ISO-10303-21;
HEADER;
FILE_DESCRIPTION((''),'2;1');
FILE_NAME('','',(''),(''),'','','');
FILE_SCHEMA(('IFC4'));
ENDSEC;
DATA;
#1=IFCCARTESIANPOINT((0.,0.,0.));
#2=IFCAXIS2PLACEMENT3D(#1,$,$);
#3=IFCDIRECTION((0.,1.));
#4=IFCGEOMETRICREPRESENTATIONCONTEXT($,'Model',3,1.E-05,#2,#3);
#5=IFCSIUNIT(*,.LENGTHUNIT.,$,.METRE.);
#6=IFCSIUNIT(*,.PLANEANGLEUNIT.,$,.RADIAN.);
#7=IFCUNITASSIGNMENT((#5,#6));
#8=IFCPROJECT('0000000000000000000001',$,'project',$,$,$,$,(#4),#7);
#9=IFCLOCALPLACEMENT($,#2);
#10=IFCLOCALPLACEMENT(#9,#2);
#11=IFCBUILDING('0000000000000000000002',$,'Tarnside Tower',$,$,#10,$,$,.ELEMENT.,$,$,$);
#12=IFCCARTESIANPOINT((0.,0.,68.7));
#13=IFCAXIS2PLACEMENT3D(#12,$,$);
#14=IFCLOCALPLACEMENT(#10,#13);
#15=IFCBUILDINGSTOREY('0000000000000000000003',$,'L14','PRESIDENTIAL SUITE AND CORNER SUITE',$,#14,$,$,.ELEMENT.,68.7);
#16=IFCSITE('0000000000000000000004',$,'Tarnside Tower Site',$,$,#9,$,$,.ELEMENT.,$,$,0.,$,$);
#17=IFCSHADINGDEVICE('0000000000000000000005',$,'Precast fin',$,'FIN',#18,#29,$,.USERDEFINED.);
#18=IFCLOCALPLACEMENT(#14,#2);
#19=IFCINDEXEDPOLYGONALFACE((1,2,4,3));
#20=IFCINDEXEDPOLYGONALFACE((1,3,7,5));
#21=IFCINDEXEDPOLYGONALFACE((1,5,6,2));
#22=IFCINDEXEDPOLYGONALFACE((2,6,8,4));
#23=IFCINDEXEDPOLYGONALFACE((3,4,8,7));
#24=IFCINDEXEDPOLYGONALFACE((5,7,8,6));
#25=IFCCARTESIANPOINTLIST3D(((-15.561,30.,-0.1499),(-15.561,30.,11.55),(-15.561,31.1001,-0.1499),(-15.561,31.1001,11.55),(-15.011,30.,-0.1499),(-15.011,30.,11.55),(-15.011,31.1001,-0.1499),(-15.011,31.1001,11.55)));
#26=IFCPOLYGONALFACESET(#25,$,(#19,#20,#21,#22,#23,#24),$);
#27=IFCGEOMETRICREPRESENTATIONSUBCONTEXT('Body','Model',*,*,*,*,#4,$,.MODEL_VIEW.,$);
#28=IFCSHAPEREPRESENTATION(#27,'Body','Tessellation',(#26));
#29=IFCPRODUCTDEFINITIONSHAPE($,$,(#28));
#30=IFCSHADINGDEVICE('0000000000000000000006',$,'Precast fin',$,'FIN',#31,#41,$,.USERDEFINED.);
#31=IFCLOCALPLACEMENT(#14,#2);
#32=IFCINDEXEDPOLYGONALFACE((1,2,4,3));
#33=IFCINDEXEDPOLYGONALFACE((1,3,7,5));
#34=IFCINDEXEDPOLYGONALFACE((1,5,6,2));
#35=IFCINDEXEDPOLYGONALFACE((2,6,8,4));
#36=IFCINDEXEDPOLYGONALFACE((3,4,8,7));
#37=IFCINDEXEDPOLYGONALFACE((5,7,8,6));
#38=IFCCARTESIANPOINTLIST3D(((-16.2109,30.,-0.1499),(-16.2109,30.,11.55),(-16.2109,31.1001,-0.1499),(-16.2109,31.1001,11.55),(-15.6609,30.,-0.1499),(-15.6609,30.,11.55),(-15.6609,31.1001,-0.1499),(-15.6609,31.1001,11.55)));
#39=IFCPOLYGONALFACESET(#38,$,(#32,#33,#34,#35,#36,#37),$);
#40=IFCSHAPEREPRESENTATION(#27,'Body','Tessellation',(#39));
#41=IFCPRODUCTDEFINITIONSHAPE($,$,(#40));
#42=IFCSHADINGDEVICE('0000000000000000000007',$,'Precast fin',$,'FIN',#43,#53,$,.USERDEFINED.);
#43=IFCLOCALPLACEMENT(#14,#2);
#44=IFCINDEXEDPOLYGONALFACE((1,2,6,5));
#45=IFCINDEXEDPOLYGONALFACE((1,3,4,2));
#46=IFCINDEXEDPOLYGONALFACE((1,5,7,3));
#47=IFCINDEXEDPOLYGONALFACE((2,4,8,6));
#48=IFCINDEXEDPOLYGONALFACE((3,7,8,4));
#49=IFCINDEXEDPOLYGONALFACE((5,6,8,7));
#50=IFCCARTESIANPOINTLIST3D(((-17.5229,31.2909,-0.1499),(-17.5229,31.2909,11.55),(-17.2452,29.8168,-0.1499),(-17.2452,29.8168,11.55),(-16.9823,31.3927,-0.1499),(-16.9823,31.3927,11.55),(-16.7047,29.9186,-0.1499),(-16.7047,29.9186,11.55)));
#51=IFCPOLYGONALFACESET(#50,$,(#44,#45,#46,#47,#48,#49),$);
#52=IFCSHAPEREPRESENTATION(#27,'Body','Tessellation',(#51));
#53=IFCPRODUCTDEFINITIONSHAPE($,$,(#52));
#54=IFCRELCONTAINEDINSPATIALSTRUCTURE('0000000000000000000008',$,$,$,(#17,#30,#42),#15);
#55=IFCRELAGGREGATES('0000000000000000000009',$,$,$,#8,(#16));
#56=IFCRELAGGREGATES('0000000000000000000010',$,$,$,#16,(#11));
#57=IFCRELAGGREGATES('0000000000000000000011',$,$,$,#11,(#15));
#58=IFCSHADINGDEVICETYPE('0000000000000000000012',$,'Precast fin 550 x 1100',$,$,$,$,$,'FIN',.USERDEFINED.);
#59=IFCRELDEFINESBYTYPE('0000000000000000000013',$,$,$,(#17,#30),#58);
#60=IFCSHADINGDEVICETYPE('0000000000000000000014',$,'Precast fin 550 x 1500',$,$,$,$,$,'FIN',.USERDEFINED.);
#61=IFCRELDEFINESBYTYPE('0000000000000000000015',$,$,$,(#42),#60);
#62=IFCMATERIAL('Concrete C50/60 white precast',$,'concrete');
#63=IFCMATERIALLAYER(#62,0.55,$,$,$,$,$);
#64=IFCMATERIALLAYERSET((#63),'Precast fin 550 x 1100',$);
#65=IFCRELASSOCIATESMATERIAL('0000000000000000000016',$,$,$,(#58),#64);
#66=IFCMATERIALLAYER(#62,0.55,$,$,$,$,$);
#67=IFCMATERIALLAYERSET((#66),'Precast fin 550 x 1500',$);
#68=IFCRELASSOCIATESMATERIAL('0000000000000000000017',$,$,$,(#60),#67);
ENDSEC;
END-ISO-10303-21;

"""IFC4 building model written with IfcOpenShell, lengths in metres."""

from ifc_helpers import new_model, si_unit, direction, frame, origin, place, context, subcontext, project, spatial, polyline, outline, extrude, material, layer, layer_set, type_object, element, save


model = new_model("IFC4")

# Units and contexts
model_context = context("Model", 3, precision=1e-05, world=origin(), true_north=direction((0.0, 1.0)))
body_context = subcontext(model_context, "Body", "Model", "MODEL_VIEW")
ifc_project = project(units=[si_unit("LENGTHUNIT", "METRE"), si_unit("PLANEANGLEUNIT", "RADIAN")], contexts=[model_context])

# Site, building, storey
site_placement = place(None, origin())
site = spatial("IfcSite", under=ifc_project, at=site_placement, Name="Tarnside Tower Site", CompositionType="ELEMENT", RefElevation=0.0)
building_placement = place(site_placement, origin())
building = spatial("IfcBuilding", under=site, at=building_placement, Name="Tarnside Tower", CompositionType="ELEMENT")
storey_placement = place(building_placement, frame((0.0, 0.0, 68.7)))
storey = spatial("IfcBuildingStorey", under=building, at=storey_placement, Name="L14", Description="PRESIDENTIAL SUITE AND CORNER SUITE", CompositionType="ELEMENT", Elevation=68.7)

# Shading devices
ifc_material_1 = material(Name="Concrete C50/60 white precast", Category="concrete")
ifc_layer_1 = layer(ifc_material_1, 0.55)
ifc_layer_set_1 = layer_set([ifc_layer_1], Name="Precast fin 550 x 1100")
shading_device_type_1 = type_object("IfcShadingDeviceType", Name="Precast fin 550 x 1100", ElementType="FIN", PredefinedType="USERDEFINED", material=ifc_layer_set_1)
for number, where, z_axis, x_axis, name in (
    (1, (-15.2861, 30.0, -0.1499), (1.0, 0.0, 0.0), (0.0, 1.0, 0.0), "Precast fin"),
    (2, (-15.936, 30.0, -0.1499), (1.0, 0.0, 0.0), (0.0, 1.0, 0.0), "Precast fin"),
):
    element("IfcShadingDevice", number, at=place(storey_placement, frame(where, z_axis=z_axis, x_axis=x_axis)), inside=storey, type_object=shading_device_type_1, Name=name, ObjectType="FIN", PredefinedType="USERDEFINED", context=body_context, shape_type="SweptSolid", body=[
        extrude(outline(polyline([(0.0, 0.0), (1.1001, 0.0), (1.1001, 11.7), (0.0, 11.7), (0.0, 0.0)])), frame((0.0, 0.0, -0.2749)), (0.0, 0.0, 1.0), 0.55),
    ])
ifc_layer_2 = layer(ifc_material_1, 0.55)
ifc_layer_set_2 = layer_set([ifc_layer_2], Name="Precast fin 550 x 1500")
shading_device_type_2 = type_object("IfcShadingDeviceType", Name="Precast fin 550 x 1500", ElementType="FIN", PredefinedType="USERDEFINED", material=ifc_layer_set_2)
shading_device_placement = place(storey_placement, frame((-16.9751, 29.8677, -0.1499), z_axis=(0.982721, 0.185095, 0.0), x_axis=(-0.185095, 0.982721, 0.0)))
element("IfcShadingDevice", 3, at=shading_device_placement, inside=storey, type_object=shading_device_type_2, Name="Precast fin", ObjectType="FIN", PredefinedType="USERDEFINED", context=body_context, shape_type="SweptSolid", body=[
    extrude(outline(polyline([(0.0, 0.0), (1.5, 0.0), (1.5, 11.7), (0.0, 11.7), (0.0, 0.0)])), frame((0.0, 0.0, -0.2749)), (0.0, 0.0, 1.0), 0.55),
])

save(model, "model.ifc")
